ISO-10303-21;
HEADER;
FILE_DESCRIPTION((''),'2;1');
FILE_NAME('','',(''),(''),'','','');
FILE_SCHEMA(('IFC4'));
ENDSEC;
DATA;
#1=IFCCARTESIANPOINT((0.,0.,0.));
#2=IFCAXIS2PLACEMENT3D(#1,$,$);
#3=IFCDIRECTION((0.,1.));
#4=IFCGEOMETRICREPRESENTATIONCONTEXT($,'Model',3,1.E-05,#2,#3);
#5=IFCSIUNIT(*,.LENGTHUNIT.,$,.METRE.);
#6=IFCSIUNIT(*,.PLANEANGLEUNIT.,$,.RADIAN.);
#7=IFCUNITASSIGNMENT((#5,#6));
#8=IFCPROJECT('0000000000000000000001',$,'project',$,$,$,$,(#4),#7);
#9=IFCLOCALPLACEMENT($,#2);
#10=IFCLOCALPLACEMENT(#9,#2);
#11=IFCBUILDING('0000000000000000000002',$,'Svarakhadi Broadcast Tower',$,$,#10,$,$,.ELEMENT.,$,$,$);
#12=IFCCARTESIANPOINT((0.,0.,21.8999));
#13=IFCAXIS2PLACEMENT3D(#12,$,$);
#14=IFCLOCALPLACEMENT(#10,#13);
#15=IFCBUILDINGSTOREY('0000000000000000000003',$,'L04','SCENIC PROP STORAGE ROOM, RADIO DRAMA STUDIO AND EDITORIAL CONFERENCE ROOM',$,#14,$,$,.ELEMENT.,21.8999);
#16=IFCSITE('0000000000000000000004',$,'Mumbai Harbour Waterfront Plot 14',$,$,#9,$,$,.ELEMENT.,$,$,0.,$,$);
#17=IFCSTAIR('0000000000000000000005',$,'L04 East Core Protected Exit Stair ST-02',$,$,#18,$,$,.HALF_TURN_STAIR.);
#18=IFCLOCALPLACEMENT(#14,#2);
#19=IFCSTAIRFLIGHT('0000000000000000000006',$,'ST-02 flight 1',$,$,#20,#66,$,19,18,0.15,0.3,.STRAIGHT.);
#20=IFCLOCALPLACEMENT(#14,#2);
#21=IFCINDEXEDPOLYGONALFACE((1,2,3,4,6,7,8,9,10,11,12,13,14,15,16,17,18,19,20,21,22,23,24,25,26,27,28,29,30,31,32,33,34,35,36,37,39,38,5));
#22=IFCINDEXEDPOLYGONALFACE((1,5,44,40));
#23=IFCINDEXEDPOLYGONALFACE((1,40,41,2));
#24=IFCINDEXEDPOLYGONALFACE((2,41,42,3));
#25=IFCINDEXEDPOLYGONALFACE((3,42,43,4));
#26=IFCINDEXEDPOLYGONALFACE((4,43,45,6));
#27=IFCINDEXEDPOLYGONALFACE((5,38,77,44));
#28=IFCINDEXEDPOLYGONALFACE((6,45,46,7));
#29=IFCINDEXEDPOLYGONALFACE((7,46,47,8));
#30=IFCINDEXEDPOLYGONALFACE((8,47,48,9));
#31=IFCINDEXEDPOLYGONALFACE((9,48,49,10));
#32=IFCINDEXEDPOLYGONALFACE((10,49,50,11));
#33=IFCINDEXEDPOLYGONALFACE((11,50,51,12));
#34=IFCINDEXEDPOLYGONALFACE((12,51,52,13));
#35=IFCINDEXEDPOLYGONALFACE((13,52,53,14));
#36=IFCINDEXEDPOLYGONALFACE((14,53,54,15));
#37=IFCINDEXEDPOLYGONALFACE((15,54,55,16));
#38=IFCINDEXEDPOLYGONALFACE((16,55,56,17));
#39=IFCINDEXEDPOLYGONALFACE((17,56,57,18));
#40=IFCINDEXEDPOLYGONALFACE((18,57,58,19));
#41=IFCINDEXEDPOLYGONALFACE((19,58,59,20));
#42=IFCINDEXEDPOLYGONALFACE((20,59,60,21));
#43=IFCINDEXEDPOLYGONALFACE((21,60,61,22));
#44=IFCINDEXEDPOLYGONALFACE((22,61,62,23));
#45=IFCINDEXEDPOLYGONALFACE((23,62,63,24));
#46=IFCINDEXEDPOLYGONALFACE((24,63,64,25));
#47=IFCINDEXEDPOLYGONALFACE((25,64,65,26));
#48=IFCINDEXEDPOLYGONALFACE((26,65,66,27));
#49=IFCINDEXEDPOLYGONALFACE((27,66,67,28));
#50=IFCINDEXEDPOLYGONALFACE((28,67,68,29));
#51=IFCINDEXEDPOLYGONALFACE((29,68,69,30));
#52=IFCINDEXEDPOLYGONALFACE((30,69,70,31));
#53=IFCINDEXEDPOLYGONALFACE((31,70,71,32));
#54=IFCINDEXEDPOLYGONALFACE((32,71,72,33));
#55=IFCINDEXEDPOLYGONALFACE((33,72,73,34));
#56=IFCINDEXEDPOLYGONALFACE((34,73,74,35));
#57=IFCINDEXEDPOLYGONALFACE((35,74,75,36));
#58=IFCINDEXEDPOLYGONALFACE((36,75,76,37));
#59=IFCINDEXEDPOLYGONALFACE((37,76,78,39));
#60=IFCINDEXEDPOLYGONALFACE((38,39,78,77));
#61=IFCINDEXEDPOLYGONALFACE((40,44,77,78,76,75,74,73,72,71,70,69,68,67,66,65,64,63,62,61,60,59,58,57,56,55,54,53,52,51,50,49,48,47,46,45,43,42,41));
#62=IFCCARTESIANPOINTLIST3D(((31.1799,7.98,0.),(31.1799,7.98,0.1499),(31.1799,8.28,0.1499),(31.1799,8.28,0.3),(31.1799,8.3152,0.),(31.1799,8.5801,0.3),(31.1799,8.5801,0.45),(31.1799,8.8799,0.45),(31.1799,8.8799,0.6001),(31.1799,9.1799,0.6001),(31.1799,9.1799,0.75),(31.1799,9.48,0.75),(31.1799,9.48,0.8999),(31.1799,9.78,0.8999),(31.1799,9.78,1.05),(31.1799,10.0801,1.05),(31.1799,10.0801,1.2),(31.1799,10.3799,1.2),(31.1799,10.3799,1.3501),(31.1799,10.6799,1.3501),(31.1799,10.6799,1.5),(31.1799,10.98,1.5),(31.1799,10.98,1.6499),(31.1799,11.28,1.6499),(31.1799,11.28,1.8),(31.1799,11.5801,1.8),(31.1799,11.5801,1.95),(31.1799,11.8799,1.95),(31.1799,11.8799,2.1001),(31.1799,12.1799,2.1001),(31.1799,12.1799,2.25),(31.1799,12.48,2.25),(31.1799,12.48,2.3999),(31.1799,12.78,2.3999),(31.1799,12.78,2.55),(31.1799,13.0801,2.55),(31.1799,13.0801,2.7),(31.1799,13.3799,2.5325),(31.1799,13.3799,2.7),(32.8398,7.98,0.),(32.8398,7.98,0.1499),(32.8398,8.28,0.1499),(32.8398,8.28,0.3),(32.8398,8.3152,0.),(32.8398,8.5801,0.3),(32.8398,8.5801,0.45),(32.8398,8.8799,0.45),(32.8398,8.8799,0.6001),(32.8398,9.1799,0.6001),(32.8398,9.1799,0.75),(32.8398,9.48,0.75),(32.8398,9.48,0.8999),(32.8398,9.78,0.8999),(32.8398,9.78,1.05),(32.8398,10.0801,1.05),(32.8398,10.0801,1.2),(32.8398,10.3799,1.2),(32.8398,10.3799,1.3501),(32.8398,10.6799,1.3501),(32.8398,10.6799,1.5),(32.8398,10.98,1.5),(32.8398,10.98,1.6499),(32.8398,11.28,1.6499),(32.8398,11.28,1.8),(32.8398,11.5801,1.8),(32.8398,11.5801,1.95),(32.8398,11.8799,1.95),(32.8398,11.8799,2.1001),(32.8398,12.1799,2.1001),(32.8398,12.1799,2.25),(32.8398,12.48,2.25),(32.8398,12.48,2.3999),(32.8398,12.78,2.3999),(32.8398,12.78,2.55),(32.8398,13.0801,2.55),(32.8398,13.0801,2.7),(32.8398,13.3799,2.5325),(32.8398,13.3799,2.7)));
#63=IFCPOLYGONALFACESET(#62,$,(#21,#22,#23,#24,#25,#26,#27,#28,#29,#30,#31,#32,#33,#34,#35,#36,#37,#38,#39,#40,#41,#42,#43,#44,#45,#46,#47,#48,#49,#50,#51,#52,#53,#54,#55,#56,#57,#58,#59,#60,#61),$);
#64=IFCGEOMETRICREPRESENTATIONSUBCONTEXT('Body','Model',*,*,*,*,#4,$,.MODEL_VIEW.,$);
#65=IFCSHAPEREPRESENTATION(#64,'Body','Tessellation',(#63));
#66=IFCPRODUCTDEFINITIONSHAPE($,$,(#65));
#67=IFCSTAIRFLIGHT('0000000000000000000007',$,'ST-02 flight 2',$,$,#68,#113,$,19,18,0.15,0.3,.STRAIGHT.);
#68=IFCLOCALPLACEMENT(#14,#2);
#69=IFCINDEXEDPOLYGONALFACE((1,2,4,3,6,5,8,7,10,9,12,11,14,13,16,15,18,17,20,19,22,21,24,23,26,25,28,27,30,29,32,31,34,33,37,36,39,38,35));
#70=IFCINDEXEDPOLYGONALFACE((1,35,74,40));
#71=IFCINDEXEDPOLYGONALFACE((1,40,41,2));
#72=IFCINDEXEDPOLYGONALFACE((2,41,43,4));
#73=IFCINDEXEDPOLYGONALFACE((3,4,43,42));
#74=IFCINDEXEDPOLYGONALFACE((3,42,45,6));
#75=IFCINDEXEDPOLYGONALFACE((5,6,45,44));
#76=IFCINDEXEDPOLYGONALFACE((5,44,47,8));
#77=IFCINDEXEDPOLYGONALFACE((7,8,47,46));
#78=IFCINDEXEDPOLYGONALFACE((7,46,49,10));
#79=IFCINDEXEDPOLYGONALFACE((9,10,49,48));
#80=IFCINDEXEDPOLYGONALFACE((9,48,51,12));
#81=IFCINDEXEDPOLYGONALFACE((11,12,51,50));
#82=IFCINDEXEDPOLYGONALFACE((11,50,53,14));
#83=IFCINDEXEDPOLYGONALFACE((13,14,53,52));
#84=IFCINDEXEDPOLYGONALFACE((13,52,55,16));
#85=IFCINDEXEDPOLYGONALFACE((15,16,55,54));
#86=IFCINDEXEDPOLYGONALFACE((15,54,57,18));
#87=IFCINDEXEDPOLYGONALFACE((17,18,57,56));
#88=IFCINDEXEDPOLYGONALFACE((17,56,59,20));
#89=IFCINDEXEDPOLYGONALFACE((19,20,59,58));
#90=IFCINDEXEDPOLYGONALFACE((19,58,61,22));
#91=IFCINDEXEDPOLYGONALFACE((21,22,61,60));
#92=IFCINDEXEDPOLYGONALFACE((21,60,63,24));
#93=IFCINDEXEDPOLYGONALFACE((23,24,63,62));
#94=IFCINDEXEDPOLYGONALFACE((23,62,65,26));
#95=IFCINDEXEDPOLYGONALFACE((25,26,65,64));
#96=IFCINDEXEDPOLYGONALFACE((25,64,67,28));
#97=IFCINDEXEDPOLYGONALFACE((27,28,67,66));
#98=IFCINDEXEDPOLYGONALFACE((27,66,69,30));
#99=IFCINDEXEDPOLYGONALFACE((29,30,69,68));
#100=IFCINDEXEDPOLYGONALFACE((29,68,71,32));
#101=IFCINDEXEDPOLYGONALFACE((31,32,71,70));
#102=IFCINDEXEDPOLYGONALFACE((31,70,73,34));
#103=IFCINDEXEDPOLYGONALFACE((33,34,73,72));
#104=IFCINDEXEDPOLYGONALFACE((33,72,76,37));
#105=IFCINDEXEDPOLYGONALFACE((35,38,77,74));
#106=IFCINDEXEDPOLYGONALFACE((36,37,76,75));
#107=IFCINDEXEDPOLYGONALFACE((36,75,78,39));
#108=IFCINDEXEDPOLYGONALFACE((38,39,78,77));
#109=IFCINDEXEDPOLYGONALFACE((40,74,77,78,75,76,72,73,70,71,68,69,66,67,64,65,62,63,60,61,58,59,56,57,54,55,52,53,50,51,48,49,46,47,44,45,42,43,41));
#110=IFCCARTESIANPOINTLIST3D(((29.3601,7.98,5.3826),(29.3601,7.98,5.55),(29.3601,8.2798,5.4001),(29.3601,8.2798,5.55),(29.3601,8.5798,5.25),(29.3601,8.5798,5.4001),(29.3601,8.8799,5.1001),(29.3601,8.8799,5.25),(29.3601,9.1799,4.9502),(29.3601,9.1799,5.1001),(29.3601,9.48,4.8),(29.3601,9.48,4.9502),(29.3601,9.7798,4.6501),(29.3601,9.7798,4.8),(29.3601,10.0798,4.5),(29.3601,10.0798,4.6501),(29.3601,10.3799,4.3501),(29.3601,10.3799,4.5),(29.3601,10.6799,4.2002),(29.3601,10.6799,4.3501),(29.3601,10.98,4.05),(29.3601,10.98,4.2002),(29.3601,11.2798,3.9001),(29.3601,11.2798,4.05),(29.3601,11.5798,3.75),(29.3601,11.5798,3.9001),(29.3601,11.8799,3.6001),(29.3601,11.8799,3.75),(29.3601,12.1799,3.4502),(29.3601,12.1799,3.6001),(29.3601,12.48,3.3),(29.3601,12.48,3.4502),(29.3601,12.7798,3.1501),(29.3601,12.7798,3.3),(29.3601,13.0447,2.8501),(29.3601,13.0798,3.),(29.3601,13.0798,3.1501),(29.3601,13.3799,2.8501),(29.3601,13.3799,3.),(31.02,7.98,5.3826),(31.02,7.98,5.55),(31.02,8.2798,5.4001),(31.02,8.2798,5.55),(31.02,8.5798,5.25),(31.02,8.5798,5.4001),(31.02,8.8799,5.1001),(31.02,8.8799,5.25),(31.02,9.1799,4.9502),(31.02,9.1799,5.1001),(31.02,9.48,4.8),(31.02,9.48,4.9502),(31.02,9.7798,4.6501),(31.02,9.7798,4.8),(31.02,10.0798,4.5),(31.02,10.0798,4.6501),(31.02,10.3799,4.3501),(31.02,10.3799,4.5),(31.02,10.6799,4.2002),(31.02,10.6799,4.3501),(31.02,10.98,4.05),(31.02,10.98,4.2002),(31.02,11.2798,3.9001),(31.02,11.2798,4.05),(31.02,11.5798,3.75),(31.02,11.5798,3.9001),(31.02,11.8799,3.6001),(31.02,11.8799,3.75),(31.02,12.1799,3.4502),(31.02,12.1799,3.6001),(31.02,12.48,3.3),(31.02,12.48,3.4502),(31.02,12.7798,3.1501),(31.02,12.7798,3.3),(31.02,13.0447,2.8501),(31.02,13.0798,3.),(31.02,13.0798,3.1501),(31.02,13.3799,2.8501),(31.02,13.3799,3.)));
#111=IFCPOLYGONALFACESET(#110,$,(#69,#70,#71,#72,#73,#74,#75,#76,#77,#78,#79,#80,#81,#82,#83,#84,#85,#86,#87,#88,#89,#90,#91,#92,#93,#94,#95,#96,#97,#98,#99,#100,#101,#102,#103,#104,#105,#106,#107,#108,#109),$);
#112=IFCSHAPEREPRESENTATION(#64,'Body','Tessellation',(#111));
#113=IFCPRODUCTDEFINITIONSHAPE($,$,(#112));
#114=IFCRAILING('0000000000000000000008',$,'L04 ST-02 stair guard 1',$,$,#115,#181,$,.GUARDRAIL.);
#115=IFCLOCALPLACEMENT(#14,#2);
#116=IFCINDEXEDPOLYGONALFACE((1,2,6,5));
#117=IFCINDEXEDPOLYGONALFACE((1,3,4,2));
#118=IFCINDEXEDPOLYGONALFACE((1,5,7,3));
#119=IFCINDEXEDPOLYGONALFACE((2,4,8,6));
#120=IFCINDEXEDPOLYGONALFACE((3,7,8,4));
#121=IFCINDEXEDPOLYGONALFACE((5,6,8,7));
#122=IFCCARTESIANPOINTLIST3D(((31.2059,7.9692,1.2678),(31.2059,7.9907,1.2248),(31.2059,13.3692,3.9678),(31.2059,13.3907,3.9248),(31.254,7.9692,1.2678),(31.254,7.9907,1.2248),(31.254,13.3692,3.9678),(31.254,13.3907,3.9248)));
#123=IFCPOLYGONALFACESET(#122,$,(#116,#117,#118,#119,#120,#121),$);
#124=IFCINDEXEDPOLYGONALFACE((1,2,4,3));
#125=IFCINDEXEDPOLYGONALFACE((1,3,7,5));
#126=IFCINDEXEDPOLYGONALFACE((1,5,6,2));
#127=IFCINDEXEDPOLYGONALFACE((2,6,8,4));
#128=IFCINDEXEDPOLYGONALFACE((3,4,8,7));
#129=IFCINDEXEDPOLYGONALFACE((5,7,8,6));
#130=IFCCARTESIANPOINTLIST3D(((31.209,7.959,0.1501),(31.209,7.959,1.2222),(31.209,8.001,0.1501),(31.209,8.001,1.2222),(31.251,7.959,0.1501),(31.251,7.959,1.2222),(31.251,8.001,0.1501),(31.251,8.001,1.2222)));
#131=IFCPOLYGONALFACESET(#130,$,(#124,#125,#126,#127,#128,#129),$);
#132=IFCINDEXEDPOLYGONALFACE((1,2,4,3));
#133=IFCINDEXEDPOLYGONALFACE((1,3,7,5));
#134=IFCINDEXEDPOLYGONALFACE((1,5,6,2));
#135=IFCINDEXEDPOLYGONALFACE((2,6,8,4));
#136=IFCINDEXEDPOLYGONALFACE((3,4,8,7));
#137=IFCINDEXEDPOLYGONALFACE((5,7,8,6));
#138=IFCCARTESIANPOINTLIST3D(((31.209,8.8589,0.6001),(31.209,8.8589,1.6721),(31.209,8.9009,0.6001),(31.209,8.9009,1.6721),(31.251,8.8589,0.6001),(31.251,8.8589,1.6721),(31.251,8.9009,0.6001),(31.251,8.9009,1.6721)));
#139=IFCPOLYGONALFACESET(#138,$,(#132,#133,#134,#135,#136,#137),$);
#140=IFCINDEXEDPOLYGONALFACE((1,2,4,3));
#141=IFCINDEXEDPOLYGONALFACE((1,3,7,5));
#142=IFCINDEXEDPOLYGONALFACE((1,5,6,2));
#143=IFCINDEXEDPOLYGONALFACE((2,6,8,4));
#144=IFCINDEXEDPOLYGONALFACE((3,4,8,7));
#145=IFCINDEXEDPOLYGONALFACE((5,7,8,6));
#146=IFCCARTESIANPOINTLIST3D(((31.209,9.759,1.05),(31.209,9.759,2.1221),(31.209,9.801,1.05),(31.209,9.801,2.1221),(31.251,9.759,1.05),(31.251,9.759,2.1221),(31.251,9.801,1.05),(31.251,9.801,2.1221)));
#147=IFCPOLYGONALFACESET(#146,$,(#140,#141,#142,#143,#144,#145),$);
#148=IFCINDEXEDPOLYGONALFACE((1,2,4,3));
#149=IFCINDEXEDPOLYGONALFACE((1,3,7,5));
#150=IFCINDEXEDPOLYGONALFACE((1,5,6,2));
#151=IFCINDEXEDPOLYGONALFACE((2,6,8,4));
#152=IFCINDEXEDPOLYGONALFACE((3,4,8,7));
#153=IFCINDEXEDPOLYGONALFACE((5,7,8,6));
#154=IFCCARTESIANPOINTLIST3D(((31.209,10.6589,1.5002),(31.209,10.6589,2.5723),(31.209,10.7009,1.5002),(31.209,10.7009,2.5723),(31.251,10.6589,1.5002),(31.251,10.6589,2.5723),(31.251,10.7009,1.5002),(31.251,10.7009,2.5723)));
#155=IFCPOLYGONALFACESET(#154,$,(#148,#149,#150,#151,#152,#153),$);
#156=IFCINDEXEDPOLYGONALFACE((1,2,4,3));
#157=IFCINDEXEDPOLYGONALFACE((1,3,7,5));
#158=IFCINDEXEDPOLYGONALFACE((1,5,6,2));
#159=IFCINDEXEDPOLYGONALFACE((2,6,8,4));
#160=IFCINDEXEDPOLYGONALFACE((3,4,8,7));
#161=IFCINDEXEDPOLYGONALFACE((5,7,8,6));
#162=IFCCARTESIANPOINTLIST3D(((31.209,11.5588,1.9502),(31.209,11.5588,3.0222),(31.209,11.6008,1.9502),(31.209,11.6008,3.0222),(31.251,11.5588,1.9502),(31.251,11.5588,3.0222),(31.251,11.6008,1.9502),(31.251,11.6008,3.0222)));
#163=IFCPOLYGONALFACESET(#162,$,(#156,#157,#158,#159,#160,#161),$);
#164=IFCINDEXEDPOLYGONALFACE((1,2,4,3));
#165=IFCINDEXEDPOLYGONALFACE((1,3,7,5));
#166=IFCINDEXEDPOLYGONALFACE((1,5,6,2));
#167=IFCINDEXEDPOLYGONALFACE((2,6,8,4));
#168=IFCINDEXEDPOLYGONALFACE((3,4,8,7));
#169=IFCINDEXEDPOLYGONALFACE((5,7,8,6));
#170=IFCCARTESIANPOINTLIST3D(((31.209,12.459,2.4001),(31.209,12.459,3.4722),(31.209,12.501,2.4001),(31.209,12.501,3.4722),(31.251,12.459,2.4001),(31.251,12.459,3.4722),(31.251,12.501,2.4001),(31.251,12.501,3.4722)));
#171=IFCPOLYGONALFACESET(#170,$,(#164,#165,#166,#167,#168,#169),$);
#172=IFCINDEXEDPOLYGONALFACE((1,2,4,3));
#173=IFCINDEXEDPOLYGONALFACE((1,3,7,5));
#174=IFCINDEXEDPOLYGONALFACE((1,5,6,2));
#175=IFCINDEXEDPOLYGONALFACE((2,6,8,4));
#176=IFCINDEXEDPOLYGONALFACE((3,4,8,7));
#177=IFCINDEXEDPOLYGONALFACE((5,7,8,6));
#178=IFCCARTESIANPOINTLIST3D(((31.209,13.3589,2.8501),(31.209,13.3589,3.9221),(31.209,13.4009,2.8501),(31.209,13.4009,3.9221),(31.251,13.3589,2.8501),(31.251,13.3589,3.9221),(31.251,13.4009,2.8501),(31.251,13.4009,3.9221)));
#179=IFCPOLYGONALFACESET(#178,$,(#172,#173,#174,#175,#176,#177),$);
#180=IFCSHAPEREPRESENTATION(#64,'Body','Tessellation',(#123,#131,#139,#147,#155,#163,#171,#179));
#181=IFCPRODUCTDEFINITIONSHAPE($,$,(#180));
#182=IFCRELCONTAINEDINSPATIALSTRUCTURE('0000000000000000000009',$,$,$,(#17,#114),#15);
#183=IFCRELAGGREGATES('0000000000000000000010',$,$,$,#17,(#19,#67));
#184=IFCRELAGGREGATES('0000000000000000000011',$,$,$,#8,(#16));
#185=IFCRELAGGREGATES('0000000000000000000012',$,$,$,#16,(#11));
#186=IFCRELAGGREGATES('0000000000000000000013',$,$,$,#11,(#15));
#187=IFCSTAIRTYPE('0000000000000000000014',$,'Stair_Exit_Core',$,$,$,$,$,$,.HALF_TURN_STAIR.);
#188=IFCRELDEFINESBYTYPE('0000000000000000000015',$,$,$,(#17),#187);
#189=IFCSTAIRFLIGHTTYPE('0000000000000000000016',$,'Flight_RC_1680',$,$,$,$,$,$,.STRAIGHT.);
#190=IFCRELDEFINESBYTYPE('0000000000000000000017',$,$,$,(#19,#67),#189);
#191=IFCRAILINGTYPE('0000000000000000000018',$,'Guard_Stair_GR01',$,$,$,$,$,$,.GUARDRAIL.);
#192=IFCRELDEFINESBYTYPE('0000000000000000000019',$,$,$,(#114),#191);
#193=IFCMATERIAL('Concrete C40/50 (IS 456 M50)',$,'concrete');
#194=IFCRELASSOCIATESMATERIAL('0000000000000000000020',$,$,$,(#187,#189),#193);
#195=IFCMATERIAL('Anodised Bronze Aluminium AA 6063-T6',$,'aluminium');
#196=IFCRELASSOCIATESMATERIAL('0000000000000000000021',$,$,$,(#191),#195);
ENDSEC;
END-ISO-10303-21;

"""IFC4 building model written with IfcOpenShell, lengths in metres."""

from ifc_helpers import new_model, si_unit, direction, frame, origin, origin_2d, place, context, subcontext, project, spatial, polyline, rectangle, outline, extrude, material, type_object, element, aggregate, save


model = new_model("IFC4")

# Units and contexts
model_context = context("Model", 3, precision=1e-05, world=origin(), true_north=direction((0.0, 1.0)))
body_context = subcontext(model_context, "Body", "Model", "MODEL_VIEW")
ifc_project = project(units=[si_unit("LENGTHUNIT", "METRE"), si_unit("PLANEANGLEUNIT", "RADIAN")], contexts=[model_context])

# Site, building, storey
site_placement = place(None, origin())
site = spatial("IfcSite", under=ifc_project, at=site_placement, Name="Mumbai Harbour Waterfront Plot 14", CompositionType="ELEMENT", RefElevation=0.0)
building_placement = place(site_placement, origin())
building = spatial("IfcBuilding", under=site, at=building_placement, Name="Svarakhadi Broadcast Tower", CompositionType="ELEMENT")
storey_placement = place(building_placement, frame((0.0, 0.0, 21.8999)))
storey = spatial("IfcBuildingStorey", under=building, at=storey_placement, Name="L04", Description="SCENIC PROP STORAGE ROOM, RADIO DRAMA STUDIO AND EDITORIAL CONFERENCE ROOM", CompositionType="ELEMENT", Elevation=21.8999)

# Shared definitions
ifc_material_1 = material(Name="Concrete C40/50 (IS 456 M50)", Category="concrete")

# Stair, stair flights
stair_type = type_object("IfcStairType", Name="Stair_Exit_Core", PredefinedType="HALF_TURN_STAIR", material=ifc_material_1)
stair_placement = place(storey_placement, origin())
stair = element("IfcStair", 1, at=stair_placement, inside=storey, type_object=stair_type, Name="L04 East Core Protected Exit Stair ST-02", PredefinedType="HALF_TURN_STAIR")
stair_flight_type = type_object("IfcStairFlightType", Name="Flight_RC_1680", PredefinedType="STRAIGHT", material=ifc_material_1)
stair_flight_1_placement = place(storey_placement, frame((32.01, 7.98, 0.0), z_axis=(0.0, 0.0, 1.0), x_axis=(0.0, 1.0, 0.0)))
stair_flight_1 = element("IfcStairFlight", 2, at=stair_flight_1_placement, type_object=stair_flight_type, Name="ST-02 flight 1", NumberOfRisers=19, NumberOfTreads=18, PredefinedType="STRAIGHT", RiserHeight=0.15, TreadLength=0.3, context=body_context, shape_type="SweptSolid", body=[
    extrude(outline(polyline([(0.0, 0.0), (0.0, 0.1499), (0.3, 0.1499), (0.3, 0.3), (0.6001, 0.3), (0.6001, 0.45), (0.8999, 0.45), (0.8999, 0.6001), (1.2, 0.6001), (1.2, 0.75), (1.5, 0.75), (1.5, 0.8999), (1.8, 0.8999), (1.8, 1.05), (2.1001, 1.05), (2.1001, 1.2), (2.3999, 1.2), (2.3999, 1.3501), (2.7, 1.3501), (2.7, 1.5), (3.0, 1.5), (3.0, 1.6499), (3.3, 1.6499), (3.3, 1.8), (3.6001, 1.8), (3.6001, 1.95), (3.8999, 1.95), (3.8999, 2.1001), (4.2, 2.1001), (4.2, 2.25), (4.5, 2.25), (4.5, 2.3999), (4.8, 2.3999), (4.8, 2.55), (5.1001, 2.55), (5.1001, 2.7), (5.3999, 2.7), (5.3999, 2.8501), (5.3999, 2.5325), (0.3352, 0.0), (0.0, 0.0)])), frame((0.0, 0.8301, 0.0), z_axis=(0.0, -1.0, 0.0), x_axis=(1.0, 0.0, 0.0)), (0.0, 0.0, 1.0), 1.6599),
])
stair_flight_2_placement = place(storey_placement, frame((30.1899, 13.3799, 2.8501), z_axis=(0.0, 0.0, 1.0), x_axis=(0.0, -1.0, 0.0)))
stair_flight_2 = element("IfcStairFlight", 3, at=stair_flight_2_placement, type_object=stair_flight_type, Name="ST-02 flight 2", NumberOfRisers=19, NumberOfTreads=18, PredefinedType="STRAIGHT", RiserHeight=0.15, TreadLength=0.3, context=body_context, shape_type="SweptSolid", body=[
    extrude(outline(polyline([(0.0, 0.0), (0.0, 0.1499), (0.3, 0.1499), (0.3, 0.3), (0.6001, 0.3), (0.6001, 0.45), (0.8999, 0.45), (0.8999, 0.6001), (1.2, 0.6001), (1.2, 0.75), (1.5, 0.75), (1.5, 0.8999), (1.8, 0.8999), (1.8, 1.05), (2.1001, 1.05), (2.1001, 1.2), (2.3999, 1.2), (2.3999, 1.3501), (2.7, 1.3501), (2.7, 1.5), (3.0, 1.5), (3.0, 1.6499), (3.3, 1.6499), (3.3, 1.8), (3.6001, 1.8), (3.6001, 1.95), (3.8999, 1.95), (3.8999, 2.1001), (4.2, 2.1001), (4.2, 2.25), (4.5, 2.25), (4.5, 2.3999), (4.8, 2.3999), (4.8, 2.55), (5.1001, 2.55), (5.1001, 2.7), (5.3999, 2.7), (5.3999, 2.8501), (5.3999, 2.5325), (0.3352, 0.0), (0.0, 0.0)])), frame((0.0, 0.8301, 0.0), z_axis=(0.0, -1.0, 0.0), x_axis=(1.0, 0.0, 0.0)), (0.0, 0.0, 1.0), 1.6599),
])
aggregate(stair, [stair_flight_1, stair_flight_2])

# Railing
ifc_material_2 = material(Name="Anodised Bronze Aluminium AA 6063-T6", Category="aluminium")
railing_type_1 = type_object("IfcRailingType", Name="Guard_Stair_GR01", PredefinedType="GUARDRAIL", material=ifc_material_2)
railing_1_placement = place(storey_placement, frame((31.23, 7.98, 0.1501)))
element("IfcRailing", 4, at=railing_1_placement, inside=storey, type_object=railing_type_1, Name="L04 ST-02 stair guard 1", PredefinedType="GUARDRAIL", context=body_context, shape_type="SweptSolid", body=[
    extrude(rectangle(XDim=0.0481, YDim=0.0481, at=origin_2d()), frame((0.0, 0.0, 1.0962), z_axis=(0.0, 0.894427, 0.447214), x_axis=(-1.0, 0.0, 0.0)), (0.0, 0.0, 1.0), 6.0374),
    extrude(rectangle(XDim=0.042, YDim=0.042, at=origin_2d()), origin(), (0.0, 0.0, 1.0), 1.072),
    extrude(rectangle(XDim=0.042, YDim=0.042, at=origin_2d()), frame((0.0, 0.8999, 0.45)), (0.0, 0.0, 1.0), 1.072),
    extrude(rectangle(XDim=0.042, YDim=0.042, at=origin_2d()), frame((0.0, 1.8, 0.8999)), (0.0, 0.0, 1.0), 1.072),
    extrude(rectangle(XDim=0.042, YDim=0.042, at=origin_2d()), frame((0.0, 2.7, 1.3501)), (0.0, 0.0, 1.0), 1.072),
    extrude(rectangle(XDim=0.042, YDim=0.042, at=origin_2d()), frame((0.0, 3.5999, 1.8)), (0.0, 0.0, 1.0), 1.072),
    extrude(rectangle(XDim=0.042, YDim=0.042, at=origin_2d()), frame((0.0, 4.5, 2.25)), (0.0, 0.0, 1.0), 1.072),
    extrude(rectangle(XDim=0.042, YDim=0.042, at=origin_2d()), frame((0.0, 5.3999, 2.7)), (0.0, 0.0, 1.0), 1.072),
])

save(model, "model.ifc")
